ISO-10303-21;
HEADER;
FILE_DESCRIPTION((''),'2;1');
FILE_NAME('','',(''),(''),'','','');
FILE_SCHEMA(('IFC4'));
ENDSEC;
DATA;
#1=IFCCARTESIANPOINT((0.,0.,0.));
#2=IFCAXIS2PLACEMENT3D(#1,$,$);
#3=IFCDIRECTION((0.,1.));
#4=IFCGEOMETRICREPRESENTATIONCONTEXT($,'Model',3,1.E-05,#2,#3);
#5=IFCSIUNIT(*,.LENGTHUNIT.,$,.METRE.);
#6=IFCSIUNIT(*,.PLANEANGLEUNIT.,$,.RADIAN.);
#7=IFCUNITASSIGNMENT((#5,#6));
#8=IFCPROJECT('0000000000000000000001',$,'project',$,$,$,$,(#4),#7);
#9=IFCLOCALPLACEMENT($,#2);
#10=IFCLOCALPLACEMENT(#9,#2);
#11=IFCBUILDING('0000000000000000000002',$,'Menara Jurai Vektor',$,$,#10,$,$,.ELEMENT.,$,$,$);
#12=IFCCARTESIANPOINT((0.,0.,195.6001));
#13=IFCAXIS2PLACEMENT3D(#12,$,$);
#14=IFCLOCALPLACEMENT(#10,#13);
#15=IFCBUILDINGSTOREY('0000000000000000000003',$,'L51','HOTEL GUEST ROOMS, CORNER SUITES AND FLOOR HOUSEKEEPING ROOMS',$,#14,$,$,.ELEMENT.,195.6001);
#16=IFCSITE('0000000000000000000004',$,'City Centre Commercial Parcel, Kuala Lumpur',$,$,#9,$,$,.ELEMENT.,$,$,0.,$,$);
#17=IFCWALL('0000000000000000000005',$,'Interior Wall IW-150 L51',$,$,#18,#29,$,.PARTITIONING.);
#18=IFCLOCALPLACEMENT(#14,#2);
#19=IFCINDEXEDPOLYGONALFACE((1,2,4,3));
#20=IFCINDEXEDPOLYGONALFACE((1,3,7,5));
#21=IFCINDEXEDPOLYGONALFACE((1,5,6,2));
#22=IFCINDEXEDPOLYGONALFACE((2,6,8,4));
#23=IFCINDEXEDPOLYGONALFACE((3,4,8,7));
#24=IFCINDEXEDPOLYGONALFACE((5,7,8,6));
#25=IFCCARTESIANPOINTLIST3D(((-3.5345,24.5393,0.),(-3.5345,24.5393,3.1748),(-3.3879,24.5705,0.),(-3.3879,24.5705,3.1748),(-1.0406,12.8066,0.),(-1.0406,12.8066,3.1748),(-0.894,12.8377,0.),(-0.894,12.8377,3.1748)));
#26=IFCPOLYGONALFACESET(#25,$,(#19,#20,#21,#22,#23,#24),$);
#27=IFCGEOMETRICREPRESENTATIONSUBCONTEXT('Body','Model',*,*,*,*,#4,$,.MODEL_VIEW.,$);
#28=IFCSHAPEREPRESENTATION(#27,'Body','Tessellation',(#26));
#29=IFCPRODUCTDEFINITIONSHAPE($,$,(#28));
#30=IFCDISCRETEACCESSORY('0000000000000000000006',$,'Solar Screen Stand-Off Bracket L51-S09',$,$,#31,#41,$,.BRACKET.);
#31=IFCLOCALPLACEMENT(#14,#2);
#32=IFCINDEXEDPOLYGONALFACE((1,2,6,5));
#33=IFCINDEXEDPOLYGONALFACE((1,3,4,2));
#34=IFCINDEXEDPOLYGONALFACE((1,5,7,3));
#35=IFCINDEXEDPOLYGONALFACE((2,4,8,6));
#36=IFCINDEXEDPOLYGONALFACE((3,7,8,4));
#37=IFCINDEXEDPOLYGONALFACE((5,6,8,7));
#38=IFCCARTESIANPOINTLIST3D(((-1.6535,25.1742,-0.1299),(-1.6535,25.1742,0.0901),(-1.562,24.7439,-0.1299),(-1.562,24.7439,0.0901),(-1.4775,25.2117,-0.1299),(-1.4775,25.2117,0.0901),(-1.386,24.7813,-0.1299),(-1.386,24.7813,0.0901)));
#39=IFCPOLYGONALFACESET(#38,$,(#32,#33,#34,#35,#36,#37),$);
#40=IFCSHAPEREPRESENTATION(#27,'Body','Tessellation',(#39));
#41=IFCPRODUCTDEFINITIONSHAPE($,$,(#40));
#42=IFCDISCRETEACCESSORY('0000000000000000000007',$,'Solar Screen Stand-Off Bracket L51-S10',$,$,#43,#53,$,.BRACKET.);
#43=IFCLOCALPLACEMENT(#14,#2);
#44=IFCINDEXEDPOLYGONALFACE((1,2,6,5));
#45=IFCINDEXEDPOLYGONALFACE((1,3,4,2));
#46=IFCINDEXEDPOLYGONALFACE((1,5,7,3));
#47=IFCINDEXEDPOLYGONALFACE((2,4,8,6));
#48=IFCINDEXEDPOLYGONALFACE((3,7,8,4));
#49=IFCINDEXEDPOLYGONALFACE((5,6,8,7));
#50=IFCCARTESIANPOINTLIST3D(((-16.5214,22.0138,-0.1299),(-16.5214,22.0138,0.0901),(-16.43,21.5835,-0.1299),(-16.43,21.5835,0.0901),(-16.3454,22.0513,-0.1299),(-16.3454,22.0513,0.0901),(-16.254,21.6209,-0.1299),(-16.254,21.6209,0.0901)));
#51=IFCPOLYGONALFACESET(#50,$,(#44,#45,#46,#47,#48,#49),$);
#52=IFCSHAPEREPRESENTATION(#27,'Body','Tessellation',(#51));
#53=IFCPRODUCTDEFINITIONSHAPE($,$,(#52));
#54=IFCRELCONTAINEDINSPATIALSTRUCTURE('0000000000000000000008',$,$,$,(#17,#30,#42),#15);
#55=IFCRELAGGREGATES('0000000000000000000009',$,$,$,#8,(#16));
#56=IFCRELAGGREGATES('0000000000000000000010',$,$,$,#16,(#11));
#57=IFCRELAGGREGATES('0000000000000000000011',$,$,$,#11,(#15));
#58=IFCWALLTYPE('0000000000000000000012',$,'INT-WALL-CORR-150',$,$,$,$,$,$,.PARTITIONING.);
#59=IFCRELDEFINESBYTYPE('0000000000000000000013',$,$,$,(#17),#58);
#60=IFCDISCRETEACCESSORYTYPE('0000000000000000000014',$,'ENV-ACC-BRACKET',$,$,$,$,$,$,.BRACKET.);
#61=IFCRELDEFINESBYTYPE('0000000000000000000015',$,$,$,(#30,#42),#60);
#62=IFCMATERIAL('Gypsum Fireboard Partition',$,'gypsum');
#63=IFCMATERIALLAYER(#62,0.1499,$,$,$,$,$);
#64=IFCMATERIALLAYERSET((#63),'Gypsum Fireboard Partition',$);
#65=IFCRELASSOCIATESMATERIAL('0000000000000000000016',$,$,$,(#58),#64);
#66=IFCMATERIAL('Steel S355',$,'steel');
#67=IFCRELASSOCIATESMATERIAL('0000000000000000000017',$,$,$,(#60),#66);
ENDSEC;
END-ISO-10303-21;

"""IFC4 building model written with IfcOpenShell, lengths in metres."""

from ifc_helpers import new_model, si_unit, direction, frame, frame_2d, origin, origin_2d, place, context, subcontext, project, spatial, rectangle, extrude, material, layer, layer_set, type_object, element, save


model = new_model("IFC4")

# Units and contexts
model_context = context("Model", 3, precision=1e-05, world=origin(), true_north=direction((0.0, 1.0)))
body_context = subcontext(model_context, "Body", "Model", "MODEL_VIEW")
ifc_project = project(units=[si_unit("LENGTHUNIT", "METRE"), si_unit("PLANEANGLEUNIT", "RADIAN")], contexts=[model_context])

# Site, building, storey
site_placement = place(None, origin())
site = spatial("IfcSite", under=ifc_project, at=site_placement, Name="City Centre Commercial Parcel, Kuala Lumpur", CompositionType="ELEMENT", RefElevation=0.0)
building_placement = place(site_placement, origin())
building = spatial("IfcBuilding", under=site, at=building_placement, Name="Menara Jurai Vektor", CompositionType="ELEMENT")
storey_placement = place(building_placement, frame((0.0, 0.0, 195.6001)))
storey = spatial("IfcBuildingStorey", under=building, at=storey_placement, Name="L51", Description="HOTEL GUEST ROOMS, CORNER SUITES AND FLOOR HOUSEKEEPING ROOMS", CompositionType="ELEMENT", Elevation=195.6001)

# Shared definitions
ifc_material_1 = material(Name="Steel S355", Category="steel")

# Shared definitions
ifc_material_2 = material(Name="Gypsum Fireboard Partition", Category="gypsum")
ifc_layer_1 = layer(ifc_material_2, 0.1499)
ifc_layer_set_1 = layer_set([ifc_layer_1], Name="Gypsum Fireboard Partition")
wall_type = type_object("IfcWallType", Name="INT-WALL-CORR-150", PredefinedType="PARTITIONING", material=ifc_layer_set_1)

# Wall
wall_1_placement = place(storey_placement, frame((-0.9673, 12.822, 0.0), z_axis=(0.0, 0.0, 1.0), x_axis=(-0.207915, 0.978147, 0.0)))
element("IfcWall", 1, at=wall_1_placement, inside=storey, type_object=wall_type, Name="Interior Wall IW-150 L51", PredefinedType="PARTITIONING", context=body_context, shape_type="SweptSolid", body=[
    extrude(rectangle(XDim=11.9949, YDim=0.1499, at=frame_2d((5.9976, 0.0))), origin(), (0.0, 0.0, 1.0), 3.1748),
])

# Discrete accessories
discrete_accessory_type = type_object("IfcDiscreteAccessoryType", Name="ENV-ACC-BRACKET", PredefinedType="BRACKET", material=ifc_material_1)
for number, where, z_axis, x_axis, name in (
    (2, (-1.5198, 24.9778, -0.1299), (0.0, 0.0, 1.0), (-0.978148, -0.207912, 0.0), "Solar Screen Stand-Off Bracket L51-S09"),
    (3, (-16.3877, 21.8174, -0.1299), (0.0, 0.0, 1.0), (-0.978148, -0.207912, 0.0), "Solar Screen Stand-Off Bracket L51-S10"),
):
    element("IfcDiscreteAccessory", number, at=place(storey_placement, frame(where, z_axis=z_axis, x_axis=x_axis)), inside=storey, type_object=discrete_accessory_type, Name=name, PredefinedType="BRACKET", context=body_context, shape_type="SweptSolid", body=[
        extrude(rectangle(XDim=0.1799, YDim=0.4399, at=origin_2d()), origin(), (0.0, 0.0, 1.0), 0.22),
    ])

save(model, "model.ifc")
